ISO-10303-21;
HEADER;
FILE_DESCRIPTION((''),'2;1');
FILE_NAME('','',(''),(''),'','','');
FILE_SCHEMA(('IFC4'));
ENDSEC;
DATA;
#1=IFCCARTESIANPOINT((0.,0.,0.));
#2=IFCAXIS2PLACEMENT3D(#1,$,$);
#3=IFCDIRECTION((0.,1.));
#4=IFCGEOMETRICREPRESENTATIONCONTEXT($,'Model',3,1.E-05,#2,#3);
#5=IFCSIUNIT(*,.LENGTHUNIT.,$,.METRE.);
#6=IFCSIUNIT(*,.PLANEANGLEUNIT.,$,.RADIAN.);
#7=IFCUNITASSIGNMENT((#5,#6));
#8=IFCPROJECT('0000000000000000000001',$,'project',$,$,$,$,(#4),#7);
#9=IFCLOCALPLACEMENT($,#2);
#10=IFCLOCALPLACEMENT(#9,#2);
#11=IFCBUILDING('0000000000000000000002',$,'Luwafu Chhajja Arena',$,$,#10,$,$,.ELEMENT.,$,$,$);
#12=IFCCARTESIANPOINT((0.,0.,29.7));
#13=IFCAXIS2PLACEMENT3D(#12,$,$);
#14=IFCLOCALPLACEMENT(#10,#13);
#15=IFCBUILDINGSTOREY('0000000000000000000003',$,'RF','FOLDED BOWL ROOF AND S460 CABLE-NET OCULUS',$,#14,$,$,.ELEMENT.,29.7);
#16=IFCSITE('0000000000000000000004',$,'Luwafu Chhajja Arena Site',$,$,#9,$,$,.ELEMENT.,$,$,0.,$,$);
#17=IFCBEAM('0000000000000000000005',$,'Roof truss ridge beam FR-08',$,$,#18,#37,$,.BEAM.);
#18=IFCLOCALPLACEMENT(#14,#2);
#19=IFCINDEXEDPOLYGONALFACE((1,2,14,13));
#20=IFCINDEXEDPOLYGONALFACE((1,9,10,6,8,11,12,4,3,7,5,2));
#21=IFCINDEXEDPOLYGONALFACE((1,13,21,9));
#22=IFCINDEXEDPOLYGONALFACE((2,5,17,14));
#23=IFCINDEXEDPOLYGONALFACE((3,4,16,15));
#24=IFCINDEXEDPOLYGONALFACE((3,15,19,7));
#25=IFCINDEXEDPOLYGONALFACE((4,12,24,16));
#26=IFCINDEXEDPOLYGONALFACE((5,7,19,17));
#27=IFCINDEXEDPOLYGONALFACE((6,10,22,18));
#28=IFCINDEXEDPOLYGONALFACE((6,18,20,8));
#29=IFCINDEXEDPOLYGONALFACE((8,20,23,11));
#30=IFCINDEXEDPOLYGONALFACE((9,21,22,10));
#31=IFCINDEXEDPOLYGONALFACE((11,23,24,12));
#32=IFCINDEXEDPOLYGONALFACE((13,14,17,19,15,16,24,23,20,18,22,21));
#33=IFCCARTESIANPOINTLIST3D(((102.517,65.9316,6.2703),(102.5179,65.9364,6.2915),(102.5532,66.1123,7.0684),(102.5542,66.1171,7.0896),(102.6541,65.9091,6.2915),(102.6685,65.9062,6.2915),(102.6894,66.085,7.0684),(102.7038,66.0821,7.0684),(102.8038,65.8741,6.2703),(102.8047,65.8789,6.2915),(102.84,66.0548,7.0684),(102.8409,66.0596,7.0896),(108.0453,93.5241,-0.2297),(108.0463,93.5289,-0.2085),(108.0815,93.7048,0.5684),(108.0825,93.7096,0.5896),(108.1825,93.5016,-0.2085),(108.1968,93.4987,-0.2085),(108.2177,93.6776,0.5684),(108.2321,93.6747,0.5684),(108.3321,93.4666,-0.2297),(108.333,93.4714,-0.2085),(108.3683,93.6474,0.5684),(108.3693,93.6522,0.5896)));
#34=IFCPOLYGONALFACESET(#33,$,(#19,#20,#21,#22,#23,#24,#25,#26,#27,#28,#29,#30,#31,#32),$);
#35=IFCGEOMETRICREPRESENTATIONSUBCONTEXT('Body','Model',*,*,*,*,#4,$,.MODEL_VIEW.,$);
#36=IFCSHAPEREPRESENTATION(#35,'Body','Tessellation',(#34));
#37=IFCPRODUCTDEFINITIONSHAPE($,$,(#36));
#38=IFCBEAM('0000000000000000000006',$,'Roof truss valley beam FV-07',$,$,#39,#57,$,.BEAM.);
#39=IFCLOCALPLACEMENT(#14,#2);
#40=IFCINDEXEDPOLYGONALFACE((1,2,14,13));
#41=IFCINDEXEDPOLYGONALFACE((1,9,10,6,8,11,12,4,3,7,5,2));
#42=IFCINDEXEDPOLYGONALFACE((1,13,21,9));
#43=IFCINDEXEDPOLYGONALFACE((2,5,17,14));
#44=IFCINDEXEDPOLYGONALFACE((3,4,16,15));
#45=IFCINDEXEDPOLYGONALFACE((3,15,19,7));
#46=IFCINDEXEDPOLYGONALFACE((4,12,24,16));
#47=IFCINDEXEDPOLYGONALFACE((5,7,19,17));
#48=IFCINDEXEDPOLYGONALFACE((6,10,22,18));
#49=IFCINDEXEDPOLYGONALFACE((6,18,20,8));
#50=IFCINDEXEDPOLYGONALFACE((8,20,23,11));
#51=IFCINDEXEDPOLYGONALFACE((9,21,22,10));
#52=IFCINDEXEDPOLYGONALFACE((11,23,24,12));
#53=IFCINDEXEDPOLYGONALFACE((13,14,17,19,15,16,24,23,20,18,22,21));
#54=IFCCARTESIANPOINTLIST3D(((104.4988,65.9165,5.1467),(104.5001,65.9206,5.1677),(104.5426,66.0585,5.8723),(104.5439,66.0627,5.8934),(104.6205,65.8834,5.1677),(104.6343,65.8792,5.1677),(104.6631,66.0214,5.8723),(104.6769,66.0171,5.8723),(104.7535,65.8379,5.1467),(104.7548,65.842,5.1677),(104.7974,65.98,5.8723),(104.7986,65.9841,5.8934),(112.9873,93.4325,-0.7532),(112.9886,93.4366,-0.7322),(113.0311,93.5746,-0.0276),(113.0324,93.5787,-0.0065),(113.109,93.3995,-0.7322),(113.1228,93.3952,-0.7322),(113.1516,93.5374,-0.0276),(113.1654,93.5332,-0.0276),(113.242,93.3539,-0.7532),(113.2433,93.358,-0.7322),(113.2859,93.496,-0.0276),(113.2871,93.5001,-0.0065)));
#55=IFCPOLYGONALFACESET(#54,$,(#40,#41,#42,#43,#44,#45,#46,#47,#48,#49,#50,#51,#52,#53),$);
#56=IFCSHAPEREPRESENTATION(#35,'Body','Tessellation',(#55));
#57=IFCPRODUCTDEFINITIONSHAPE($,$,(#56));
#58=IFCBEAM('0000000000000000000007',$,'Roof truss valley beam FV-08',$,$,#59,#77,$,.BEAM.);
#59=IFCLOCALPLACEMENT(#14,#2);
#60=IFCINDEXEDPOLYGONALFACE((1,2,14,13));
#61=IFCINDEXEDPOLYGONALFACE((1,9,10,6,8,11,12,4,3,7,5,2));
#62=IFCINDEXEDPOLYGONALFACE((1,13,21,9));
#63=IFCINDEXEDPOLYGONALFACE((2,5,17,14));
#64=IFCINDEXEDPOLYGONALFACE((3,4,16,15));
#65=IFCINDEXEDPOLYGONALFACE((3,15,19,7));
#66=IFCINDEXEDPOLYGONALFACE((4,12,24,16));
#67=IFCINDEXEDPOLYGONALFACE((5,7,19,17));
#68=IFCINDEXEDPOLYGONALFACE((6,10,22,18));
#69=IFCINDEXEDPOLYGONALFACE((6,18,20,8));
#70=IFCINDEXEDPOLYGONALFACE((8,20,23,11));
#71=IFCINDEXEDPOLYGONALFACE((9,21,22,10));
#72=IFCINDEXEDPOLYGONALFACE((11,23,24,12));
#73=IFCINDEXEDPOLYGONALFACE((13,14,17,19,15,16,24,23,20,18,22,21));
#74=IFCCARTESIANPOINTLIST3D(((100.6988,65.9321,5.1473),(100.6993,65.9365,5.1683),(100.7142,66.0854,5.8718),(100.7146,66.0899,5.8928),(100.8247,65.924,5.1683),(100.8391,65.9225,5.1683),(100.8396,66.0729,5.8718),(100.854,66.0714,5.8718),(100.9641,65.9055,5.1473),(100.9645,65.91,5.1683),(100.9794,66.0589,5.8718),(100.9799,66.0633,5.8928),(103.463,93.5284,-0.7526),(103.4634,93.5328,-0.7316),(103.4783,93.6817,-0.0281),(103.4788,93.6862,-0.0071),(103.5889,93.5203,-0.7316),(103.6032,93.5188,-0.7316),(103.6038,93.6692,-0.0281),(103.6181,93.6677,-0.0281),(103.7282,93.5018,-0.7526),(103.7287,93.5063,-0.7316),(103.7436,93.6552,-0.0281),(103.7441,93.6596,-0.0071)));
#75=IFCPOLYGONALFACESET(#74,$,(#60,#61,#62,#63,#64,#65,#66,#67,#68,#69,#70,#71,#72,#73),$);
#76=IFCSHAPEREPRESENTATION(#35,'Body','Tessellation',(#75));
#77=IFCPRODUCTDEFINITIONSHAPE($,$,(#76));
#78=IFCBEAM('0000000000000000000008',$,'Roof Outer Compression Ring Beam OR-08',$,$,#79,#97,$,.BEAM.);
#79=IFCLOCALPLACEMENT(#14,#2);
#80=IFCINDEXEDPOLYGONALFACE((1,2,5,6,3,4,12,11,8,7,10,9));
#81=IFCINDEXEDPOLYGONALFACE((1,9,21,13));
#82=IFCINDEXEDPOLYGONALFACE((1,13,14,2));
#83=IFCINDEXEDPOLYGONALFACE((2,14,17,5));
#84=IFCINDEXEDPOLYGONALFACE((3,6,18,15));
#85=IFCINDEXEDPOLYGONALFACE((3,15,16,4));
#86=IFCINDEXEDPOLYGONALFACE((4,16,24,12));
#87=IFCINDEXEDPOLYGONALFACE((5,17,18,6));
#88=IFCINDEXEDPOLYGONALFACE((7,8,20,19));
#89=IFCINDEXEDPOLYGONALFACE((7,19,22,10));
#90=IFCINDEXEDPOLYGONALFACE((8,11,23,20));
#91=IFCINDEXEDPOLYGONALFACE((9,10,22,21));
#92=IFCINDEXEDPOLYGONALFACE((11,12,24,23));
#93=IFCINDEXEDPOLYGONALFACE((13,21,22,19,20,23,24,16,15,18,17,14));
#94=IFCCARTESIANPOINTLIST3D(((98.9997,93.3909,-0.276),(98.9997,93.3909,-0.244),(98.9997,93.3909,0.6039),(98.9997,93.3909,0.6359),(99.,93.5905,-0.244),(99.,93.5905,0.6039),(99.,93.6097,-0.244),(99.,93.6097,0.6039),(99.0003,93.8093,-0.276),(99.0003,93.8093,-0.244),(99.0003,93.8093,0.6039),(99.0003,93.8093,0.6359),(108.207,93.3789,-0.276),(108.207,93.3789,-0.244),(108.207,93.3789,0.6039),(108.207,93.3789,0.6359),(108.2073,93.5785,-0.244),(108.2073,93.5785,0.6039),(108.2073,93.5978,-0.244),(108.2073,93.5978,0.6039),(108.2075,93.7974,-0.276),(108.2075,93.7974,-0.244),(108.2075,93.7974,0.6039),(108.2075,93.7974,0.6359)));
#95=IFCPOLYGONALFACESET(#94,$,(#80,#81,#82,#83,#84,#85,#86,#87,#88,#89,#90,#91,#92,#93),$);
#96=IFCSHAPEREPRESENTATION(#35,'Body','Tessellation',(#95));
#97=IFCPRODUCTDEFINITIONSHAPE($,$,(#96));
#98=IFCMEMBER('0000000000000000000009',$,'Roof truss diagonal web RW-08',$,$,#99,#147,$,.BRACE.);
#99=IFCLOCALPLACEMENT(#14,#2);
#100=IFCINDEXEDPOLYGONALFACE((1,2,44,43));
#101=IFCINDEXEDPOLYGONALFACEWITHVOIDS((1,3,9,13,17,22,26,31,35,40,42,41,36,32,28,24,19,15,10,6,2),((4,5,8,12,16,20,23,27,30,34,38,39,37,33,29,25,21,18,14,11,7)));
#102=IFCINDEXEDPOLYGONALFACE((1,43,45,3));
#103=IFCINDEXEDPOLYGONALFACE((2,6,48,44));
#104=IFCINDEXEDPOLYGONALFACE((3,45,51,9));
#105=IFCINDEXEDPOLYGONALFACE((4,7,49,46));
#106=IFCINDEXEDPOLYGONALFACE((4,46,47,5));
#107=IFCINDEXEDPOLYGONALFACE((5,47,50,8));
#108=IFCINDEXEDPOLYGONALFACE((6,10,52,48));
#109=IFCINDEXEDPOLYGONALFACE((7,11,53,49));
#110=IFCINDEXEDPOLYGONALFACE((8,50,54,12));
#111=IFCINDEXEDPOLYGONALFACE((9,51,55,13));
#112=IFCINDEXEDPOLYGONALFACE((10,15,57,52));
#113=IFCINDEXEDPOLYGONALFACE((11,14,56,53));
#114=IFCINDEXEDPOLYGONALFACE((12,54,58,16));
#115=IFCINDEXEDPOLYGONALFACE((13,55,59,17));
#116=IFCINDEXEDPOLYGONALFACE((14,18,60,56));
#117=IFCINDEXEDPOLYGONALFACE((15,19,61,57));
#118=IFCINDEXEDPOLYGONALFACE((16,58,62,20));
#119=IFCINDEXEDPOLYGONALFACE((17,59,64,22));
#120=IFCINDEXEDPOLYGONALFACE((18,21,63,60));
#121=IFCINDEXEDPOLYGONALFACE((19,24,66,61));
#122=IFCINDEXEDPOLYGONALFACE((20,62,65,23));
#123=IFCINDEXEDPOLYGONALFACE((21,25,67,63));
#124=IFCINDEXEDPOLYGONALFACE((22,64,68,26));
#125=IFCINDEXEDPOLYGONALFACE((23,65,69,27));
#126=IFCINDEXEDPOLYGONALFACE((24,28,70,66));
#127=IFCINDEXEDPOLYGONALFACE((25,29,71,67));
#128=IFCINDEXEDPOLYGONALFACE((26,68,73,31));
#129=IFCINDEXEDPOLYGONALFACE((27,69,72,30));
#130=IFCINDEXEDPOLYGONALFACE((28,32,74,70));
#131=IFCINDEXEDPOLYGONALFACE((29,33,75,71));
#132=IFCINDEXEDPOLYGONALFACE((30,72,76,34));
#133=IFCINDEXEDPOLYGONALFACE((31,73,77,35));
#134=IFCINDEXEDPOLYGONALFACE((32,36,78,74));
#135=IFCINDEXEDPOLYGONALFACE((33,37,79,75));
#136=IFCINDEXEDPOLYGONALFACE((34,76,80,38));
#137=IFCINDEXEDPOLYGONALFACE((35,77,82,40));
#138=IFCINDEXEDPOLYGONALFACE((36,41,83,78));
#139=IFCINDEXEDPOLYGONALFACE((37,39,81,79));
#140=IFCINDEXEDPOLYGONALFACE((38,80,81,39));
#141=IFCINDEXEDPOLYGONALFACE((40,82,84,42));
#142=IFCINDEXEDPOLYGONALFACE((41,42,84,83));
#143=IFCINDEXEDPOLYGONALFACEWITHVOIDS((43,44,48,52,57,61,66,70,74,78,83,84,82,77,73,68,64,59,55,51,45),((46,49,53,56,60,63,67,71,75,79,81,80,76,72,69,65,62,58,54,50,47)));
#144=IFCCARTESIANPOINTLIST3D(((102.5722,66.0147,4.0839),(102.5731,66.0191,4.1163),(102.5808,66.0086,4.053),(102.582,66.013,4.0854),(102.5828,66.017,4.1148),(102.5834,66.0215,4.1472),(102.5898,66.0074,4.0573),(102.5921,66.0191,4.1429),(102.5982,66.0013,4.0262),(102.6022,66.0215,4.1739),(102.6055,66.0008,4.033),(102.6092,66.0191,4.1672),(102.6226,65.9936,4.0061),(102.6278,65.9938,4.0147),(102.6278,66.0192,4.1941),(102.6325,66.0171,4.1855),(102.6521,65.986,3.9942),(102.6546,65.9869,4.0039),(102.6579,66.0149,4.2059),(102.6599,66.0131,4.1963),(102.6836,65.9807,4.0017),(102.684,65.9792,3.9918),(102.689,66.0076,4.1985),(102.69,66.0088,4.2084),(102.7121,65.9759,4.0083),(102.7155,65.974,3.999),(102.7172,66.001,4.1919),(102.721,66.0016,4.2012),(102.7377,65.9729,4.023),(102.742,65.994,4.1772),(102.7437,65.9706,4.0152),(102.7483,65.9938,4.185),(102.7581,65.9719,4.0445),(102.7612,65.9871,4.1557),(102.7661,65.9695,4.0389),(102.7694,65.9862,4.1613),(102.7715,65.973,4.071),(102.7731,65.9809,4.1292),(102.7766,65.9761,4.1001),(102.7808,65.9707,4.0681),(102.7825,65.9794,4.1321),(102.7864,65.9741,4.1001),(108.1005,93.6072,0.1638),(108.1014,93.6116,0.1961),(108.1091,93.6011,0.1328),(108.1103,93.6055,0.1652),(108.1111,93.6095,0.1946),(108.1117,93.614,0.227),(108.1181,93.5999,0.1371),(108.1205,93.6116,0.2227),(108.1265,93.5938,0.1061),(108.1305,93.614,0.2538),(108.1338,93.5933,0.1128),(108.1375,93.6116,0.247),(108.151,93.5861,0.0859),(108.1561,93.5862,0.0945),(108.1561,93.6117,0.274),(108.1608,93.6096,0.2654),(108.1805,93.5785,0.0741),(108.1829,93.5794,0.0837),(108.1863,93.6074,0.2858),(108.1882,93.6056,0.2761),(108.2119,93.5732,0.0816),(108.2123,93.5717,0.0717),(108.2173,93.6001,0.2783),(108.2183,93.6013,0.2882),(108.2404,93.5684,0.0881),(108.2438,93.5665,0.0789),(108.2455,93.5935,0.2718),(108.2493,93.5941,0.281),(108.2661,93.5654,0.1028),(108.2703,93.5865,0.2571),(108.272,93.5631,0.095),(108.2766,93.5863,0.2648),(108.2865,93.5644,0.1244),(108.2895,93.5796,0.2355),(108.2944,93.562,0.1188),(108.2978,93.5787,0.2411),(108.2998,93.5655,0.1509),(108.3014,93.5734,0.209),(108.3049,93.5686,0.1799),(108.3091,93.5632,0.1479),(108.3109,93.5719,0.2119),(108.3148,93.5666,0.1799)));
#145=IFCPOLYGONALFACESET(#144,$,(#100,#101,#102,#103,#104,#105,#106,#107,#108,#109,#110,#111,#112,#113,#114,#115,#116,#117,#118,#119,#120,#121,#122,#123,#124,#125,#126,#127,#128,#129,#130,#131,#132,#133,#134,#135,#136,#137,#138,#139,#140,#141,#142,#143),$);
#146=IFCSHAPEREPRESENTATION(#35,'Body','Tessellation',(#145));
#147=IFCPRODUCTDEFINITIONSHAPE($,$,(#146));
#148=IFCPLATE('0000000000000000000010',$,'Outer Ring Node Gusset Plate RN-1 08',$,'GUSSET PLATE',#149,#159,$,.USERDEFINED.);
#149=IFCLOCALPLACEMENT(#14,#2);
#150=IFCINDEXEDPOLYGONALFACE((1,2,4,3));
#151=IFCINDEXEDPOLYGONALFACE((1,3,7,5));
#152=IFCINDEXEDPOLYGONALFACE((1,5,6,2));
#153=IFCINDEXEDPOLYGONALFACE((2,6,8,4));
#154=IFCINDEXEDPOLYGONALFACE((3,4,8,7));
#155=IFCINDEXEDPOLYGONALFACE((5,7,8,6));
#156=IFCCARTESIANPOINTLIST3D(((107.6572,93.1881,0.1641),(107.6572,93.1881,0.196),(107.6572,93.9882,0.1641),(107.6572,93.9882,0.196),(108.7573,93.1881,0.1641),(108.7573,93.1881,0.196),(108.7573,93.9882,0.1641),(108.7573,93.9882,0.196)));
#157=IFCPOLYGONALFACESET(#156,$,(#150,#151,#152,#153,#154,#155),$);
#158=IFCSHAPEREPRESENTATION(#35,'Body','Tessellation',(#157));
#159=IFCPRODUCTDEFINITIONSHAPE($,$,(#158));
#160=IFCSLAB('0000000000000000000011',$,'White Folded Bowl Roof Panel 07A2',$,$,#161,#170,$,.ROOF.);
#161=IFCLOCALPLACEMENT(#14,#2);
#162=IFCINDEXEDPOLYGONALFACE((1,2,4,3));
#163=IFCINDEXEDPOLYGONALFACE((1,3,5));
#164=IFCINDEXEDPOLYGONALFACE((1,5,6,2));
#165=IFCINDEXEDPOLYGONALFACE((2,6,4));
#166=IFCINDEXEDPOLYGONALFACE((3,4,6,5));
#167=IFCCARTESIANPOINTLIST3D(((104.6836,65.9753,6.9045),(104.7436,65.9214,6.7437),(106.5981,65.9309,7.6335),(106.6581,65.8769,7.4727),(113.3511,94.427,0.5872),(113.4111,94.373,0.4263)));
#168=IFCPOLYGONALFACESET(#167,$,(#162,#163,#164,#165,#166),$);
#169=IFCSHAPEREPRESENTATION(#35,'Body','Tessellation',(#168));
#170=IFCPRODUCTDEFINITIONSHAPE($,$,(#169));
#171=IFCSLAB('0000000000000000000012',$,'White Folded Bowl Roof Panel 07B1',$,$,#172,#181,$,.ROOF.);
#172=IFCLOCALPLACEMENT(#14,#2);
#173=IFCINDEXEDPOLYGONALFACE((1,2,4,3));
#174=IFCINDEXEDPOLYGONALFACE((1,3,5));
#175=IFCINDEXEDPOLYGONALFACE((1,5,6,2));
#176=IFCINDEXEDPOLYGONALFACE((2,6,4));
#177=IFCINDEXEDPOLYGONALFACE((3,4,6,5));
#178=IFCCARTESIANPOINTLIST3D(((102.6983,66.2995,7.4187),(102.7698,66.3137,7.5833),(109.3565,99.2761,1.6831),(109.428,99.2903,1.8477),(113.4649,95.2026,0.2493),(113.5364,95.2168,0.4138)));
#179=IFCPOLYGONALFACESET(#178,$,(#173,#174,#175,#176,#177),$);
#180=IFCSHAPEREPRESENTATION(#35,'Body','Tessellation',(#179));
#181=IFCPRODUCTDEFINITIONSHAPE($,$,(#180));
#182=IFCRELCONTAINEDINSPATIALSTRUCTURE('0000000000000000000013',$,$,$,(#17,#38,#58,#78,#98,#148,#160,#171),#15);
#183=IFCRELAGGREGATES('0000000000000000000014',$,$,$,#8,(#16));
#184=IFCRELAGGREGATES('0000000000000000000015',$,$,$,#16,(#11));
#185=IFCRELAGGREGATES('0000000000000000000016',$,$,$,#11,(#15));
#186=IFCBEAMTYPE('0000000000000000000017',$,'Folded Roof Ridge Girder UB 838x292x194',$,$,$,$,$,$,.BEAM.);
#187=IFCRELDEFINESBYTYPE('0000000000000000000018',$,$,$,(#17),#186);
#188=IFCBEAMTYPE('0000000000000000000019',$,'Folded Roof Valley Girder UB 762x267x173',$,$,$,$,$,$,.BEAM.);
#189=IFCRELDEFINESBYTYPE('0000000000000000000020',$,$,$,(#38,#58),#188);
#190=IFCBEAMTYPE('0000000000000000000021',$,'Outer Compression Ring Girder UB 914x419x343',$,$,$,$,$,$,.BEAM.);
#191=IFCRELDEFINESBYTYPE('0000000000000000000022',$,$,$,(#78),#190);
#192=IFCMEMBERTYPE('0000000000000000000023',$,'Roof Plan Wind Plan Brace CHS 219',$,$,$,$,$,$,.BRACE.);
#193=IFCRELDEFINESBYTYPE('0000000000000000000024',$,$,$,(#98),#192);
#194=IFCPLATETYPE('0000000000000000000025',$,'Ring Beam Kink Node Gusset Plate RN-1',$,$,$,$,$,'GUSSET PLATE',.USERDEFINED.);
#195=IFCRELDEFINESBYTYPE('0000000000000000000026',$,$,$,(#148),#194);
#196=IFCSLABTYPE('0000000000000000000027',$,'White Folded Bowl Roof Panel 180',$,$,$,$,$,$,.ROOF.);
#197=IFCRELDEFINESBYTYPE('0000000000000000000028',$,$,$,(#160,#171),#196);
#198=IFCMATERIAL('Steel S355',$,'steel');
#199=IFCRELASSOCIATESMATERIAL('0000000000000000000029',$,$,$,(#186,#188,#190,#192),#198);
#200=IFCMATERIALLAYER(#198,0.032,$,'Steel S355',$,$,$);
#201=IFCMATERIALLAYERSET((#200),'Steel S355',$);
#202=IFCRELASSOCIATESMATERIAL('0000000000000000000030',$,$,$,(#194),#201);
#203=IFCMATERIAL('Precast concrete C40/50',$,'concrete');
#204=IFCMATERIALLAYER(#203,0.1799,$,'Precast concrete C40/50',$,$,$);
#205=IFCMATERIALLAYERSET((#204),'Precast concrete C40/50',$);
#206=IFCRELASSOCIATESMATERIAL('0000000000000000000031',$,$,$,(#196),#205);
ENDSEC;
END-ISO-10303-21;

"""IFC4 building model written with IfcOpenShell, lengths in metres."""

from ifc_helpers import new_model, si_unit, direction, frame, origin, origin_2d, place, context, subcontext, project, spatial, polyline, rectangle, hollow_circle, i_section, outline, extrude, material, layer, layer_set, material_profile, profile_set, type_object, element, save


model = new_model("IFC4")

# Units and contexts
model_context = context("Model", 3, precision=1e-05, world=origin(), true_north=direction((0.0, 1.0)))
body_context = subcontext(model_context, "Body", "Model", "MODEL_VIEW")
ifc_project = project(units=[si_unit("LENGTHUNIT", "METRE"), si_unit("PLANEANGLEUNIT", "RADIAN")], contexts=[model_context])

# Site, building, storey
site_placement = place(None, origin())
site = spatial("IfcSite", under=ifc_project, at=site_placement, Name="Luwafu Chhajja Arena Site", CompositionType="ELEMENT", RefElevation=0.0)
building_placement = place(site_placement, origin())
building = spatial("IfcBuilding", under=site, at=building_placement, Name="Luwafu Chhajja Arena", CompositionType="ELEMENT")
storey_placement = place(building_placement, frame((0.0, 0.0, 29.7)))
storey = spatial("IfcBuildingStorey", under=building, at=storey_placement, Name="RF", Description="FOLDED BOWL ROOF AND S460 CABLE-NET OCULUS", CompositionType="ELEMENT", Elevation=29.7)

# Beams
ifc_material_1 = material(Name="Steel S355", Category="steel")
ifc_material_profile_1 = material_profile(ifc_material_1, i_section(OverallWidth=0.2925, OverallDepth=0.8408, WebThickness=0.0146, FlangeThickness=0.0217, at=origin_2d()), Name="UB 838x292x194")
ifc_profile_set_1 = profile_set([ifc_material_profile_1], Name="Steel S355")
beam_type_1 = type_object("IfcBeamType", Name="Folded Roof Ridge Girder UB 838x292x194", PredefinedType="BEAM", material=ifc_profile_set_1)
beam_1_placement = place(storey_placement, frame((108.2073, 93.5881, 0.1799), z_axis=(-0.191412, -0.95536, 0.225055), x_axis=(0.980514, -0.196451, 0.0)))
element("IfcBeam", 1, at=beam_1_placement, inside=storey, type_object=beam_type_1, Name="Roof truss ridge beam FR-08", PredefinedType="BEAM", context=body_context, shape_type="SweptSolid", body=[
    extrude(i_section(OverallWidth=0.2925, OverallDepth=0.8408, WebThickness=0.0146, FlangeThickness=0.0217, at=origin_2d()), origin(), (0.0, 0.0, 1.0), 28.8818),
])
ifc_material_profile_2 = material_profile(ifc_material_1, i_section(OverallWidth=0.2666, OverallDepth=0.7622, WebThickness=0.0144, FlangeThickness=0.0215, at=origin_2d()), Name="UB 762x267x173")
ifc_profile_set_2 = profile_set([ifc_material_profile_2], Name="Steel S355")
beam_type_2 = type_object("IfcBeamType", Name="Folded Roof Valley Girder UB 762x267x173", PredefinedType="BEAM", material=ifc_profile_set_2)
beam_2_placement = place(storey_placement, frame((113.1372, 93.4663, -0.3799), z_axis=(-0.288785, -0.936117, 0.200719), x_axis=(0.955564, -0.294785, 0.0)))
element("IfcBeam", 2, at=beam_2_placement, inside=storey, type_object=beam_type_2, Name="Roof truss valley beam FV-07", PredefinedType="BEAM", context=body_context, shape_type="SweptSolid", body=[
    extrude(i_section(OverallWidth=0.2666, OverallDepth=0.7622, WebThickness=0.0144, FlangeThickness=0.0215, at=origin_2d()), origin(), (0.0, 0.0, 1.0), 29.3938),
])
beam_3_placement = place(storey_placement, frame((103.6035, 93.594, -0.3799), z_axis=(-0.097484, -0.973243, 0.208074), x_axis=(0.995021, -0.099666, 0.0)))
element("IfcBeam", 3, at=beam_3_placement, inside=storey, type_object=beam_type_2, Name="Roof truss valley beam FV-08", PredefinedType="BEAM", context=body_context, shape_type="SweptSolid", body=[
    extrude(i_section(OverallWidth=0.2666, OverallDepth=0.7622, WebThickness=0.0144, FlangeThickness=0.0215, at=origin_2d()), origin(), (0.0, 0.0, 1.0), 28.355),
])
ifc_material_profile_3 = material_profile(ifc_material_1, i_section(OverallWidth=0.4185, OverallDepth=0.9119, WebThickness=0.0193, FlangeThickness=0.032, at=origin_2d()), Name="UB 914x419x343")
ifc_profile_set_3 = profile_set([ifc_material_profile_3], Name="Steel S355")
beam_type_3 = type_object("IfcBeamType", Name="Outer Compression Ring Girder UB 914x419x343", PredefinedType="BEAM", material=ifc_profile_set_3)
beam_4_placement = place(storey_placement, frame((108.2073, 93.5881, 0.1799), z_axis=(-0.999999, 0.001299, 0.0), x_axis=(-0.001299, -0.999999, 0.0)))
element("IfcBeam", 4, at=beam_4_placement, inside=storey, type_object=beam_type_3, Name="Roof Outer Compression Ring Beam OR-08", PredefinedType="BEAM", context=body_context, shape_type="SweptSolid", body=[
    extrude(i_section(OverallWidth=0.4185, OverallDepth=0.9119, WebThickness=0.0193, FlangeThickness=0.032, at=origin_2d()), origin(), (0.0, 0.0, 1.0), 9.2073),
])

# Member
ifc_material_profile_4 = material_profile(ifc_material_1, hollow_circle(Radius=0.1096, WallThickness=0.01, at=origin_2d()), Name="CHS 219.1x10")
ifc_profile_set_4 = profile_set([ifc_material_profile_4], Name="Steel S355")
member_type = type_object("IfcMemberType", Name="Roof Plan Wind Plan Brace CHS 219", PredefinedType="BRACE", material=ifc_profile_set_4)
member_placement = place(storey_placement, frame((108.2073, 93.5881, 0.1799), z_axis=(-0.194573, -0.971136, 0.137973), x_axis=(0.980514, -0.196451, 0.0)))
element("IfcMember", 5, at=member_placement, inside=storey, type_object=member_type, Name="Roof truss diagonal web RW-08", PredefinedType="BRACE", context=body_context, shape_type="SweptSolid", body=[
    extrude(hollow_circle(Radius=0.1096, WallThickness=0.01, at=origin_2d()), origin(), (0.0, 0.0, 1.0), 28.4126),
])

# Plate
ifc_layer_1 = layer(ifc_material_1, 0.032, Name="Steel S355")
ifc_layer_set_1 = layer_set([ifc_layer_1], Name="Steel S355")
plate_type = type_object("IfcPlateType", Name="Ring Beam Kink Node Gusset Plate RN-1", ElementType="GUSSET PLATE", PredefinedType="USERDEFINED", material=ifc_layer_set_1)
plate_placement = place(storey_placement, frame((108.2073, 93.5881, 0.1641), z_axis=(0.0, 0.0, 1.0), x_axis=(1.0, 0.0, 0.0)))
element("IfcPlate", 6, at=plate_placement, inside=storey, type_object=plate_type, Name="Outer Ring Node Gusset Plate RN-1 08", ObjectType="GUSSET PLATE", PredefinedType="USERDEFINED", context=body_context, shape_type="SweptSolid", body=[
    extrude(rectangle(XDim=1.1001, YDim=0.8, at=origin_2d()), origin(), (0.0, 0.0, 1.0), 0.032),
])

# Slabs
ifc_material_2 = material(Name="Precast concrete C40/50", Category="concrete")
ifc_layer_2 = layer(ifc_material_2, 0.1799, Name="Precast concrete C40/50")
ifc_layer_set_2 = layer_set([ifc_layer_2], Name="Precast concrete C40/50")
slab_type = type_object("IfcSlabType", Name="White Folded Bowl Roof Panel 180", PredefinedType="ROOF", material=ifc_layer_set_2)
slab_1_placement = place(storey_placement, frame((113.3511, 94.427, 0.5872), z_axis=(-0.333366, 0.300012, 0.89379), x_axis=(-0.224193, -0.946051, 0.233935)))
element("IfcSlab", 7, at=slab_1_placement, inside=storey, type_object=slab_type, Name="White Folded Bowl Roof Panel 07A2", PredefinedType="ROOF", context=body_context, shape_type="SweptSolid", body=[
    extrude(outline(polyline([(0.0, 0.0), (30.1211, 0.0), (30.3378, -2.0376), (0.0, 0.0)])), origin(), (0.0, 0.0, -1.0), 0.1799),
])
slab_2_placement = place(storey_placement, frame((113.5364, 95.2168, 0.4138), z_axis=(0.397249, 0.07882, 0.91432), x_axis=(-0.34001, -0.91276, 0.226411)))
element("IfcSlab", 8, at=slab_2_placement, inside=storey, type_object=slab_type, Name="White Folded Bowl Roof Panel 07B1", PredefinedType="ROOF", context=body_context, shape_type="SweptSolid", body=[
    extrude(outline(polyline([(0.0, 0.0), (31.6656, 0.0), (-1.9966, -5.6162), (0.0, 0.0)])), origin(), (0.0, 0.0, -1.0), 0.1799),
])

save(model, "model.ifc")
